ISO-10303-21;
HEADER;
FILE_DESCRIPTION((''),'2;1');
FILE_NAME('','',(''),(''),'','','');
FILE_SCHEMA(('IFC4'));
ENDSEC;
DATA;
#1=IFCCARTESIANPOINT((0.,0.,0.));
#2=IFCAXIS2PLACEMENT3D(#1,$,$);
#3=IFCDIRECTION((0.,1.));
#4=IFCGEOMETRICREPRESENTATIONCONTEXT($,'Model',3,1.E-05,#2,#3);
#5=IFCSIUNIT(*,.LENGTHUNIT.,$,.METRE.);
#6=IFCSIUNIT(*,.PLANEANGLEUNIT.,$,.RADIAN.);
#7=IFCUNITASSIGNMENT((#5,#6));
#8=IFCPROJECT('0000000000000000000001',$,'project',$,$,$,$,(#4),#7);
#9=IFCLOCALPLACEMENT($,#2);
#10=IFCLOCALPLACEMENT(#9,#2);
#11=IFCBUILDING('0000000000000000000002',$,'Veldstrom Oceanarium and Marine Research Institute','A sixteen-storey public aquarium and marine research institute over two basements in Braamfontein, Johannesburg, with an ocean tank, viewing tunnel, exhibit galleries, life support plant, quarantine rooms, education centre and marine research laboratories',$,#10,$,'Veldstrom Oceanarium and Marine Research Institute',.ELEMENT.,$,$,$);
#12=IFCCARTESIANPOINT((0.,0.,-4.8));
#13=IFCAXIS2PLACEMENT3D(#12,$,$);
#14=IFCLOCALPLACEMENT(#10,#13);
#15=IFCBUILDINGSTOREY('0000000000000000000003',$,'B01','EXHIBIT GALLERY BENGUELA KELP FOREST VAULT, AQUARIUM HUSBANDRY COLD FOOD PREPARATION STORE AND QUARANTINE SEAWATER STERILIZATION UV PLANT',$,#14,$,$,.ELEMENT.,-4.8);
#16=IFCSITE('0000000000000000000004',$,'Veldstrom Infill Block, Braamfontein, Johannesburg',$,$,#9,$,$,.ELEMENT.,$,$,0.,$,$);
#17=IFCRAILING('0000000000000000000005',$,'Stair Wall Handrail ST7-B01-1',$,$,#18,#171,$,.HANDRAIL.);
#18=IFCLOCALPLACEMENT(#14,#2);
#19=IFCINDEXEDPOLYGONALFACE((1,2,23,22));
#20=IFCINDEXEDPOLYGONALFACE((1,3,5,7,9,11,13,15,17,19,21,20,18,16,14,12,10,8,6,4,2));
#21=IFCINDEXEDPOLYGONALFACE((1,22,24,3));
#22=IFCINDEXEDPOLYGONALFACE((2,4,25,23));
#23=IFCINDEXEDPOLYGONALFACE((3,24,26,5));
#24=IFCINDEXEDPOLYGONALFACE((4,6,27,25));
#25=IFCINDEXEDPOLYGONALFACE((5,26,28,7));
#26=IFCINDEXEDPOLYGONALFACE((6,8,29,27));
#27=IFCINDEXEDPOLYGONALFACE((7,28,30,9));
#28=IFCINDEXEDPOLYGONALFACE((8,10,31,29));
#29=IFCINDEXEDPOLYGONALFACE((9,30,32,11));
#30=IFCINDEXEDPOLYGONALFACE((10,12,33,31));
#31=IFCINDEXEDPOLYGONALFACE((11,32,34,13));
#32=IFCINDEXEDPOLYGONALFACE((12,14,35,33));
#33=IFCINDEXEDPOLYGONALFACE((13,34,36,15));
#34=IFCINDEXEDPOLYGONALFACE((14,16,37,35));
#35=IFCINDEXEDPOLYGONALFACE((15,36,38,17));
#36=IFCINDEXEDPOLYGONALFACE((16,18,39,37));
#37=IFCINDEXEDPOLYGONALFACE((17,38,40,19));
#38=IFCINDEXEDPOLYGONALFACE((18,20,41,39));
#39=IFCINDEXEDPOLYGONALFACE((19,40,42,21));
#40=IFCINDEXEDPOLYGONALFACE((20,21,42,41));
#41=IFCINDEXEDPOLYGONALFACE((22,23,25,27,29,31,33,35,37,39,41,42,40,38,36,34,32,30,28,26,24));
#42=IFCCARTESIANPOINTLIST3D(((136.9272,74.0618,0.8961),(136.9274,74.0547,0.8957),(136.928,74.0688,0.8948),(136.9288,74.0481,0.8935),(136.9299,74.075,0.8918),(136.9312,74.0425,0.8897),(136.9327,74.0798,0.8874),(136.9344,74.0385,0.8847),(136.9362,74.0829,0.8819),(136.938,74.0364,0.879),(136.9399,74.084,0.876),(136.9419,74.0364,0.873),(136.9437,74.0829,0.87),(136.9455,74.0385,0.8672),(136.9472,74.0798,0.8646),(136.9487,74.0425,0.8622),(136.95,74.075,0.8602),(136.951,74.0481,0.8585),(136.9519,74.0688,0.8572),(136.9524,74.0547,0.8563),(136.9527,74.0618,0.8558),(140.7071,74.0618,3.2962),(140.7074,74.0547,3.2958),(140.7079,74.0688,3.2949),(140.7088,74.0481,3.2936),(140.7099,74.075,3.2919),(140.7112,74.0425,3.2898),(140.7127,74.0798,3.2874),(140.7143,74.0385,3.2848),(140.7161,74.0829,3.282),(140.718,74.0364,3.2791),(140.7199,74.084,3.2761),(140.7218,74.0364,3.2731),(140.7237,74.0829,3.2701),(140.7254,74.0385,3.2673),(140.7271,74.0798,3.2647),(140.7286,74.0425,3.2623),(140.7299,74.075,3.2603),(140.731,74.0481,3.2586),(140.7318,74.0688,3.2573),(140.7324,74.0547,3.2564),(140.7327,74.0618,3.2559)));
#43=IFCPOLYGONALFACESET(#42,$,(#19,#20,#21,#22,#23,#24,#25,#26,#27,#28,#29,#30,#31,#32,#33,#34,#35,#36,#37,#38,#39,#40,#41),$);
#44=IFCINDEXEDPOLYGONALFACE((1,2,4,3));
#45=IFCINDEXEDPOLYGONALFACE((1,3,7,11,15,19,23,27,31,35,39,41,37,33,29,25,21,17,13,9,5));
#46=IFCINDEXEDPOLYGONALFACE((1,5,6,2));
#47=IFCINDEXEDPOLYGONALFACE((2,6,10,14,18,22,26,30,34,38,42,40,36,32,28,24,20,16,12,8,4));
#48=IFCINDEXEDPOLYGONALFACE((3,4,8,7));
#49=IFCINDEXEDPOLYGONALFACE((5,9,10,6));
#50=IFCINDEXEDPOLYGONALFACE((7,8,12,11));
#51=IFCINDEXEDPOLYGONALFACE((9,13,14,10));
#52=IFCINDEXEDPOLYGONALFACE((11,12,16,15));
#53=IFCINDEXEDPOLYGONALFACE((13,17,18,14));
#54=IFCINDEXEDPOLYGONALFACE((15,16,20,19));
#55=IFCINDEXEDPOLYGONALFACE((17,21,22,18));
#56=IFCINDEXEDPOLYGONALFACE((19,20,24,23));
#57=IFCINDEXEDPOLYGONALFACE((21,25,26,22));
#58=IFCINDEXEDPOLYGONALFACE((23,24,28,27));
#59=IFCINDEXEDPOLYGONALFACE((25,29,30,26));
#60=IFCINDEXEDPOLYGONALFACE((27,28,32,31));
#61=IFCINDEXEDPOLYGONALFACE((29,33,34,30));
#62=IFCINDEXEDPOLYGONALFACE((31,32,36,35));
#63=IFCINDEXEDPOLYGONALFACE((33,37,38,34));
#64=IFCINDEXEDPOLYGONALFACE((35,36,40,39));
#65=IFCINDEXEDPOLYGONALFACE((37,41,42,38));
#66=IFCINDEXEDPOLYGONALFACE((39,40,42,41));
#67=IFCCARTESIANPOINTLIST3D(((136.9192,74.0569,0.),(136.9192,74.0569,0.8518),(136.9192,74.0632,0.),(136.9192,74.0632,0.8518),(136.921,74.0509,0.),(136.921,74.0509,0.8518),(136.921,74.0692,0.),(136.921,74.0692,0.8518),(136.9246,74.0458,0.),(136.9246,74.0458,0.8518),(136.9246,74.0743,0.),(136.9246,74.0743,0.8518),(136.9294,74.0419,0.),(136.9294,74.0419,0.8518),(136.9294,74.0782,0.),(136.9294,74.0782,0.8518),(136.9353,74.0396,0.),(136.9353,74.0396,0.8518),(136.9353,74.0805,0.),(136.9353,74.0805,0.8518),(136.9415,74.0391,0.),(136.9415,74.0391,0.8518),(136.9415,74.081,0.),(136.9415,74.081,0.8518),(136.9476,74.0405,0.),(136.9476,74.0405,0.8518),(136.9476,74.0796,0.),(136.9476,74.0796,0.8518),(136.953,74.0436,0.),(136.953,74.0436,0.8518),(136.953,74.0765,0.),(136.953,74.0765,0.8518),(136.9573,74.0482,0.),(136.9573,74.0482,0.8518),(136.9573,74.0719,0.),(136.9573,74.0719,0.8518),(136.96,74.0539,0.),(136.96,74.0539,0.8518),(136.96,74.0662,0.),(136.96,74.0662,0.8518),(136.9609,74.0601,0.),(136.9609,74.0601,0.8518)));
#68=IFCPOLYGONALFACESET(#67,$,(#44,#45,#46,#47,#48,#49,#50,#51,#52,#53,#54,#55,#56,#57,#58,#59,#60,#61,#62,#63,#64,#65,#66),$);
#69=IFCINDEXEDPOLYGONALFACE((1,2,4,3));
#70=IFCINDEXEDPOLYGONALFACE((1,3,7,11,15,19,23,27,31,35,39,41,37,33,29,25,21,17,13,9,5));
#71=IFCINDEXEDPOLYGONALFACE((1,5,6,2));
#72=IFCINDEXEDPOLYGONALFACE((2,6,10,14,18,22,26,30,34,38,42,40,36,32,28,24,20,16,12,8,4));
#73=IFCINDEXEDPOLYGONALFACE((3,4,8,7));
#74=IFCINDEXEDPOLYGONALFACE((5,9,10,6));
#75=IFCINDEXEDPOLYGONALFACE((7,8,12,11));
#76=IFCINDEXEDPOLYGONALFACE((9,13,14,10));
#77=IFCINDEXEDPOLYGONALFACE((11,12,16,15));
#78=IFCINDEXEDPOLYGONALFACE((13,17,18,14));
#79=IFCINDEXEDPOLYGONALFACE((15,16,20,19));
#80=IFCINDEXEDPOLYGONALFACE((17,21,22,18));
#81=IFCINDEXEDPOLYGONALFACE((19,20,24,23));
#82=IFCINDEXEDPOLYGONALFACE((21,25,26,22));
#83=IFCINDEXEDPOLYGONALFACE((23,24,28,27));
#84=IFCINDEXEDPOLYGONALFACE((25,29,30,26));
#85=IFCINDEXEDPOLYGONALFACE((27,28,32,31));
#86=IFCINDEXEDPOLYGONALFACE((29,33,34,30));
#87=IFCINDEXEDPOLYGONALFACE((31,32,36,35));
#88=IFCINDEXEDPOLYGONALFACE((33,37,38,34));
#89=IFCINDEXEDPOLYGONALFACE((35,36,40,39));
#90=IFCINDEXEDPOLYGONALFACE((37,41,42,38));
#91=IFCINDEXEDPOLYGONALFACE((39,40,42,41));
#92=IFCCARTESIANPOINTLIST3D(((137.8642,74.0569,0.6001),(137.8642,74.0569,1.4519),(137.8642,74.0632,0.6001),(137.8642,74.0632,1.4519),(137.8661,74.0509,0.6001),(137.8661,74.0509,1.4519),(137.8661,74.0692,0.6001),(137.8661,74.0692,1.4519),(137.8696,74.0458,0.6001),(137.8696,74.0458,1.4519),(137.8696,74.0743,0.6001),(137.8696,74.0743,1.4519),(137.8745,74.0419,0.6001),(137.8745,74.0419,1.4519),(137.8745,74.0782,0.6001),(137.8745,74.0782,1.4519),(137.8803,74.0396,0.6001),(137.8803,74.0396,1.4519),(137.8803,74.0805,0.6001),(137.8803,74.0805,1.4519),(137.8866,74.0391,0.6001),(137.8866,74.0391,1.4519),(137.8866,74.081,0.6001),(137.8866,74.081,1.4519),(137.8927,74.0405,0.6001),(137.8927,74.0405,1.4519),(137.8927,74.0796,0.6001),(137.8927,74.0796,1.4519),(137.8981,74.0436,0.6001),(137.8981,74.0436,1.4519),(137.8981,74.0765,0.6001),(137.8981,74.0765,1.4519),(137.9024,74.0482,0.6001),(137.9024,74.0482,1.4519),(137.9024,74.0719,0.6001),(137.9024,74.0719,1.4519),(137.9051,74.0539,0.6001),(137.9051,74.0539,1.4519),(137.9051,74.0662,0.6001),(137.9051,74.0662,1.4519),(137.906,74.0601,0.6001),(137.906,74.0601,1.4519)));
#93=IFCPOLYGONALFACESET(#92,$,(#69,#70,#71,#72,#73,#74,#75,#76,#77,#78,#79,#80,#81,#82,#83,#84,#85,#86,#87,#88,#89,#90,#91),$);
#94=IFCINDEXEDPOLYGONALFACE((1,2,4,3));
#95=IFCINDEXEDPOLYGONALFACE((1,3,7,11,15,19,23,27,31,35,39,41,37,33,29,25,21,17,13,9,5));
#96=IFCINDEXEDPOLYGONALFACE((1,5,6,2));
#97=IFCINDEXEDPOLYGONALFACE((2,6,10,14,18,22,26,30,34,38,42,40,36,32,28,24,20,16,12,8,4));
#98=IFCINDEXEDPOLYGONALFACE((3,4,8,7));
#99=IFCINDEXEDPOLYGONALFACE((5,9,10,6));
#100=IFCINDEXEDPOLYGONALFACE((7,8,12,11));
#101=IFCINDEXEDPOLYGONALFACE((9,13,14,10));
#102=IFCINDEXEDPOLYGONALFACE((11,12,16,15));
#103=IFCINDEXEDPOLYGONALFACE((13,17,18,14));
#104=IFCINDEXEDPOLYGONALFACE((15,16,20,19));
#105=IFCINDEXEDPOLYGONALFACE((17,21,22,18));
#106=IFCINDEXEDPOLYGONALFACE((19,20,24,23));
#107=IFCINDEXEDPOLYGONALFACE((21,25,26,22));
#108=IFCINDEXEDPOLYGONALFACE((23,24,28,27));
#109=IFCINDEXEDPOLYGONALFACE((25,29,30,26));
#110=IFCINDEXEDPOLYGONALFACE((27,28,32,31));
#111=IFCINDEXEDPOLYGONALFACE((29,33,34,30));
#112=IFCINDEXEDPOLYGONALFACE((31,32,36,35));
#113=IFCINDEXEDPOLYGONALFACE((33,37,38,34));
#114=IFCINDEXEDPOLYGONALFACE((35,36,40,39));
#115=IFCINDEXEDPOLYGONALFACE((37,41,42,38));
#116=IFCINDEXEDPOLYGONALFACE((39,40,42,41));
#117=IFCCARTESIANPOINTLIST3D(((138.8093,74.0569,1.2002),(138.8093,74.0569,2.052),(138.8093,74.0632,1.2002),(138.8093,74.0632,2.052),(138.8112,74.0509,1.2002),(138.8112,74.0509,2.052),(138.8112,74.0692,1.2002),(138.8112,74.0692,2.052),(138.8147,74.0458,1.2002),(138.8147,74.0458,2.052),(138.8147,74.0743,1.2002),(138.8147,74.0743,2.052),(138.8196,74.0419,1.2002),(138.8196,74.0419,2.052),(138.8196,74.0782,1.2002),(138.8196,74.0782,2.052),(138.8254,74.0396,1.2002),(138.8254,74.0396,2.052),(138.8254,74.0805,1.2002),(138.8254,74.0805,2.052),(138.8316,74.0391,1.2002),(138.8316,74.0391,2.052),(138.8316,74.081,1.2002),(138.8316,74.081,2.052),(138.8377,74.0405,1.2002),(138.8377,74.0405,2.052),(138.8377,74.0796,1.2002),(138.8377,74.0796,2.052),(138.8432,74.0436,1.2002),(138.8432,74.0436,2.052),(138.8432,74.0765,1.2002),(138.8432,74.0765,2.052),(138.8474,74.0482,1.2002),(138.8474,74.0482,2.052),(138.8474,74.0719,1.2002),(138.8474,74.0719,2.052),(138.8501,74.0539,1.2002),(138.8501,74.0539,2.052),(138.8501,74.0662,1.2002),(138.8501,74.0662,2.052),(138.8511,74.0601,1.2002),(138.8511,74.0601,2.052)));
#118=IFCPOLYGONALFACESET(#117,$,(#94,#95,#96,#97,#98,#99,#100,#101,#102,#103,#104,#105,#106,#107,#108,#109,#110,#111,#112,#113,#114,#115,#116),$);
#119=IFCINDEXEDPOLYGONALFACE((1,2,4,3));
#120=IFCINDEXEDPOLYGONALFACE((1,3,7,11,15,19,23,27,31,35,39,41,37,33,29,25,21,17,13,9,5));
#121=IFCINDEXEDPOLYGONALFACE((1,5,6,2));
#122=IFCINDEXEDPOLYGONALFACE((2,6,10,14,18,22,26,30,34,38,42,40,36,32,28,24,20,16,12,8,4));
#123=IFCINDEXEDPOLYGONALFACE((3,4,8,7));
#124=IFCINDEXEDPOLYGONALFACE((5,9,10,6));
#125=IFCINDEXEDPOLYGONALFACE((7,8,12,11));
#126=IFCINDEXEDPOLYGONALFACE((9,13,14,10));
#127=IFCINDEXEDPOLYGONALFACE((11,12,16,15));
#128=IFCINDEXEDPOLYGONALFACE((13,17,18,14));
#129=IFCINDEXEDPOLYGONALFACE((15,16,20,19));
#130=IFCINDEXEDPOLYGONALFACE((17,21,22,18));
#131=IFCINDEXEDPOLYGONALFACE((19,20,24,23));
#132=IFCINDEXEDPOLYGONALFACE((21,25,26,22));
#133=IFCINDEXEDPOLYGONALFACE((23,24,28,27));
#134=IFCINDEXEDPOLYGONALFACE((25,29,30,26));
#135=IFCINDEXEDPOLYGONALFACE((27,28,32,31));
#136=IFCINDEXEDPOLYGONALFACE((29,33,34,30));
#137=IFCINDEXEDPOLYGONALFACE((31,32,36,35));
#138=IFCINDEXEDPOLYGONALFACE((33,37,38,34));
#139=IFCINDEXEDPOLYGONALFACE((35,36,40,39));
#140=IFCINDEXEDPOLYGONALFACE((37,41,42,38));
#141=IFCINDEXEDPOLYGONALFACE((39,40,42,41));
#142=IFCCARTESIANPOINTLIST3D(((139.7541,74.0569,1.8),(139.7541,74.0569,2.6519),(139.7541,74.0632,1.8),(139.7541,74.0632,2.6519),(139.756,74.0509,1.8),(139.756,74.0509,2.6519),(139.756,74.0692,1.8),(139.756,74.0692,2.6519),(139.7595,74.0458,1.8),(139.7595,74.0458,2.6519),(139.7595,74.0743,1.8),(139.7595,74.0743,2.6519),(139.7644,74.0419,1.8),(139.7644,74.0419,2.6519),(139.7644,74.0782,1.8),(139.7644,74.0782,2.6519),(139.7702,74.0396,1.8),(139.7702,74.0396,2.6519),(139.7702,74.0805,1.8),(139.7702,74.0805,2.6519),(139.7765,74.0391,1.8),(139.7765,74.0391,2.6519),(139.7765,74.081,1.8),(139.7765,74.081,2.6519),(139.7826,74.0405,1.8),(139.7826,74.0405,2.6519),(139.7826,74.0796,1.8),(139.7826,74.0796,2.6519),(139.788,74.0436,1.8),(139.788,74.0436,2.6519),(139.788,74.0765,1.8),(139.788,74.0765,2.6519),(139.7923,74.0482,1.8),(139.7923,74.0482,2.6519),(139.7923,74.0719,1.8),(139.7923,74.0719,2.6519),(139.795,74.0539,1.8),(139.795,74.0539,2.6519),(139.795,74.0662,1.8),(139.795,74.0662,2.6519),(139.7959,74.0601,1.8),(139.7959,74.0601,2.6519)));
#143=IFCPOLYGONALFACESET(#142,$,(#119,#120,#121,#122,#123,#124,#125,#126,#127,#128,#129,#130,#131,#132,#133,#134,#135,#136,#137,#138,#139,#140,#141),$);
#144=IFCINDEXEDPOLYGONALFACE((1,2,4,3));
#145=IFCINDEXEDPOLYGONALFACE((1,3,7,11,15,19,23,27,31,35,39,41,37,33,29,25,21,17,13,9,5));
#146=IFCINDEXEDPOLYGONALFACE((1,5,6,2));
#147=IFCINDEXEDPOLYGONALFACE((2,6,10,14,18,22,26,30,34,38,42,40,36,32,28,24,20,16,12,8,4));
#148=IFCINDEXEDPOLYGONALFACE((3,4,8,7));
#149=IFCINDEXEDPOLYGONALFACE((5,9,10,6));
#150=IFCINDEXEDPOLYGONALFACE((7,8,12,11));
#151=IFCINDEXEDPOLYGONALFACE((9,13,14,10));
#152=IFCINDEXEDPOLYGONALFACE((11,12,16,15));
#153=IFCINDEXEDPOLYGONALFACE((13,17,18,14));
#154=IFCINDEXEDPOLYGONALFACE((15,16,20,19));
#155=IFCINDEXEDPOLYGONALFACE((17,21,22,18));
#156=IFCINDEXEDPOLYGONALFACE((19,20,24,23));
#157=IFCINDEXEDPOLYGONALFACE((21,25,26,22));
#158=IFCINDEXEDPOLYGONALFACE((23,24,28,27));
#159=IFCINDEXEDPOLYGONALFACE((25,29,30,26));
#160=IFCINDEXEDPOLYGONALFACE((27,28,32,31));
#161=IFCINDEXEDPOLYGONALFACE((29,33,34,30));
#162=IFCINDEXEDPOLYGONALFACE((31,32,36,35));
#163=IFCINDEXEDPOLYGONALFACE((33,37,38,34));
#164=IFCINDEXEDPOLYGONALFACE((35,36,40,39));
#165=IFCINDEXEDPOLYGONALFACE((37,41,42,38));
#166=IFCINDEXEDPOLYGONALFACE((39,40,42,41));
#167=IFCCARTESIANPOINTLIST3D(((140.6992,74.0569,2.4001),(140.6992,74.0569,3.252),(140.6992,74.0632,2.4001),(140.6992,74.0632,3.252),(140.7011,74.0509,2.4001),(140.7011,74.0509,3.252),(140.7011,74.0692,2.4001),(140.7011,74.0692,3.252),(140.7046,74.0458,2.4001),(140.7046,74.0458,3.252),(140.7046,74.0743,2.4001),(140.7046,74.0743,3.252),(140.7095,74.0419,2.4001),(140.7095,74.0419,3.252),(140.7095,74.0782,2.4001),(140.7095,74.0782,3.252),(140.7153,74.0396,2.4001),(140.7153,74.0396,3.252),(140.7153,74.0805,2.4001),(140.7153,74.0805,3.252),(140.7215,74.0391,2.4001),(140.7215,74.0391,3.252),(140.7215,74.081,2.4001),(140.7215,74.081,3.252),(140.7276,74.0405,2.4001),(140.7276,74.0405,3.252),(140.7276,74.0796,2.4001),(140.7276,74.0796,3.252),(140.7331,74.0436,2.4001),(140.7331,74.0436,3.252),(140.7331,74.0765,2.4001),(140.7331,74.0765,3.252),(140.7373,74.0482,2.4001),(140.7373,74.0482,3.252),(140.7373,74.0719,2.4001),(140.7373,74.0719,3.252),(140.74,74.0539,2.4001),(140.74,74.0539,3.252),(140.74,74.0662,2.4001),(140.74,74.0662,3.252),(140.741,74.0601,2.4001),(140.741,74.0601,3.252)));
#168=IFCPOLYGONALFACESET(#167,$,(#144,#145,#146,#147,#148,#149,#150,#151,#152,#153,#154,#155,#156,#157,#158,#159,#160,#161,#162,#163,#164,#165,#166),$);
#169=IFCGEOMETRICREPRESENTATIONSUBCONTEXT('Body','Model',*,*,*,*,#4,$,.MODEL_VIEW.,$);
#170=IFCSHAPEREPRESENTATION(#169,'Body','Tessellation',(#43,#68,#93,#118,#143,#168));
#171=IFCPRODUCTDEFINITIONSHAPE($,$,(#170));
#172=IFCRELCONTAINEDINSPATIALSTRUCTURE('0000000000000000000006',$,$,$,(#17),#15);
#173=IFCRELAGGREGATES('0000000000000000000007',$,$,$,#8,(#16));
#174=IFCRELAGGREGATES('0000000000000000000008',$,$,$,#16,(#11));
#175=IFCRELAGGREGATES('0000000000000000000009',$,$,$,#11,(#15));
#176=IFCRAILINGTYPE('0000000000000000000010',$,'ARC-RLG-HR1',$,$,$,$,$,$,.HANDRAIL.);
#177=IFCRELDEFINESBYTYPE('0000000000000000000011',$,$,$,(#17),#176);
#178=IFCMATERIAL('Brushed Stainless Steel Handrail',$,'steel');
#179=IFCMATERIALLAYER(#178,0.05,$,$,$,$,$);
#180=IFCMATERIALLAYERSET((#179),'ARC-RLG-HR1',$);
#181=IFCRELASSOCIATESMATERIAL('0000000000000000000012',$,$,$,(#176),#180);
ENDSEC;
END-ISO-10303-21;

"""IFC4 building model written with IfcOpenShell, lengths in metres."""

from ifc_helpers import new_model, si_unit, direction, frame, origin, origin_2d, place, context, subcontext, project, spatial, circle, extrude, material, layer, layer_set, type_object, element, save


model = new_model("IFC4")

# Units and contexts
model_context = context("Model", 3, precision=1e-05, world=origin(), true_north=direction((0.0, 1.0)))
body_context = subcontext(model_context, "Body", "Model", "MODEL_VIEW")
ifc_project = project(units=[si_unit("LENGTHUNIT", "METRE"), si_unit("PLANEANGLEUNIT", "RADIAN")], contexts=[model_context])

# Site, building, storey
site_placement = place(None, origin())
site = spatial("IfcSite", under=ifc_project, at=site_placement, Name="Veldstrom Infill Block, Braamfontein, Johannesburg", CompositionType="ELEMENT", RefElevation=0.0)
building_placement = place(site_placement, origin())
building = spatial("IfcBuilding", under=site, at=building_placement, Name="Veldstrom Oceanarium and Marine Research Institute", Description="A sixteen-storey public aquarium and marine research institute over two basements in Braamfontein, Johannesburg, with an ocean tank, viewing tunnel, exhibit galleries, life support plant, quarantine rooms, education centre and marine research laboratories", LongName="Veldstrom Oceanarium and Marine Research Institute", CompositionType="ELEMENT")
storey_placement = place(building_placement, frame((0.0, 0.0, -4.8)))
storey = spatial("IfcBuildingStorey", under=building, at=storey_placement, Name="B01", Description="EXHIBIT GALLERY BENGUELA KELP FOREST VAULT, AQUARIUM HUSBANDRY COLD FOOD PREPARATION STORE AND QUARANTINE SEAWATER STERILIZATION UV PLANT", CompositionType="ELEMENT", Elevation=-4.8)

# Railing
ifc_material_1 = material(Name="Brushed Stainless Steel Handrail", Category="steel")
ifc_layer_1 = layer(ifc_material_1, 0.05)
ifc_layer_set_1 = layer_set([ifc_layer_1], Name="ARC-RLG-HR1")
railing_type_1 = type_object("IfcRailingType", Name="ARC-RLG-HR1", PredefinedType="HANDRAIL", material=ifc_layer_set_1)
railing_1_placement = place(storey_placement, frame((136.9399, 74.0601, 0.0)))
element("IfcRailing", 1, at=railing_1_placement, inside=storey, type_object=railing_type_1, Name="Stair Wall Handrail ST7-B01-1", PredefinedType="HANDRAIL", context=body_context, shape_type="SweptSolid", body=[
    extrude(circle(Radius=0.0239, at=origin_2d()), frame((0.0, 0.0, 0.876), z_axis=(0.8442, 0.0, 0.536028), x_axis=(0.0, 1.0, 0.0)), (0.0, 0.0, 1.0), 4.4775),
    extrude(circle(Radius=0.021, at=origin_2d()), origin(), (0.0, 0.0, 1.0), 0.8518),
    extrude(circle(Radius=0.021, at=origin_2d()), frame((0.9451, 0.0, 0.6001)), (0.0, 0.0, 1.0), 0.8518),
    extrude(circle(Radius=0.021, at=origin_2d()), frame((1.8901, 0.0, 1.2002)), (0.0, 0.0, 1.0), 0.8518),
    extrude(circle(Radius=0.021, at=origin_2d()), frame((2.835, 0.0, 1.8)), (0.0, 0.0, 1.0), 0.8518),
    extrude(circle(Radius=0.021, at=origin_2d()), frame((3.78, 0.0, 2.4001)), (0.0, 0.0, 1.0), 0.8518),
])

save(model, "model.ifc")
